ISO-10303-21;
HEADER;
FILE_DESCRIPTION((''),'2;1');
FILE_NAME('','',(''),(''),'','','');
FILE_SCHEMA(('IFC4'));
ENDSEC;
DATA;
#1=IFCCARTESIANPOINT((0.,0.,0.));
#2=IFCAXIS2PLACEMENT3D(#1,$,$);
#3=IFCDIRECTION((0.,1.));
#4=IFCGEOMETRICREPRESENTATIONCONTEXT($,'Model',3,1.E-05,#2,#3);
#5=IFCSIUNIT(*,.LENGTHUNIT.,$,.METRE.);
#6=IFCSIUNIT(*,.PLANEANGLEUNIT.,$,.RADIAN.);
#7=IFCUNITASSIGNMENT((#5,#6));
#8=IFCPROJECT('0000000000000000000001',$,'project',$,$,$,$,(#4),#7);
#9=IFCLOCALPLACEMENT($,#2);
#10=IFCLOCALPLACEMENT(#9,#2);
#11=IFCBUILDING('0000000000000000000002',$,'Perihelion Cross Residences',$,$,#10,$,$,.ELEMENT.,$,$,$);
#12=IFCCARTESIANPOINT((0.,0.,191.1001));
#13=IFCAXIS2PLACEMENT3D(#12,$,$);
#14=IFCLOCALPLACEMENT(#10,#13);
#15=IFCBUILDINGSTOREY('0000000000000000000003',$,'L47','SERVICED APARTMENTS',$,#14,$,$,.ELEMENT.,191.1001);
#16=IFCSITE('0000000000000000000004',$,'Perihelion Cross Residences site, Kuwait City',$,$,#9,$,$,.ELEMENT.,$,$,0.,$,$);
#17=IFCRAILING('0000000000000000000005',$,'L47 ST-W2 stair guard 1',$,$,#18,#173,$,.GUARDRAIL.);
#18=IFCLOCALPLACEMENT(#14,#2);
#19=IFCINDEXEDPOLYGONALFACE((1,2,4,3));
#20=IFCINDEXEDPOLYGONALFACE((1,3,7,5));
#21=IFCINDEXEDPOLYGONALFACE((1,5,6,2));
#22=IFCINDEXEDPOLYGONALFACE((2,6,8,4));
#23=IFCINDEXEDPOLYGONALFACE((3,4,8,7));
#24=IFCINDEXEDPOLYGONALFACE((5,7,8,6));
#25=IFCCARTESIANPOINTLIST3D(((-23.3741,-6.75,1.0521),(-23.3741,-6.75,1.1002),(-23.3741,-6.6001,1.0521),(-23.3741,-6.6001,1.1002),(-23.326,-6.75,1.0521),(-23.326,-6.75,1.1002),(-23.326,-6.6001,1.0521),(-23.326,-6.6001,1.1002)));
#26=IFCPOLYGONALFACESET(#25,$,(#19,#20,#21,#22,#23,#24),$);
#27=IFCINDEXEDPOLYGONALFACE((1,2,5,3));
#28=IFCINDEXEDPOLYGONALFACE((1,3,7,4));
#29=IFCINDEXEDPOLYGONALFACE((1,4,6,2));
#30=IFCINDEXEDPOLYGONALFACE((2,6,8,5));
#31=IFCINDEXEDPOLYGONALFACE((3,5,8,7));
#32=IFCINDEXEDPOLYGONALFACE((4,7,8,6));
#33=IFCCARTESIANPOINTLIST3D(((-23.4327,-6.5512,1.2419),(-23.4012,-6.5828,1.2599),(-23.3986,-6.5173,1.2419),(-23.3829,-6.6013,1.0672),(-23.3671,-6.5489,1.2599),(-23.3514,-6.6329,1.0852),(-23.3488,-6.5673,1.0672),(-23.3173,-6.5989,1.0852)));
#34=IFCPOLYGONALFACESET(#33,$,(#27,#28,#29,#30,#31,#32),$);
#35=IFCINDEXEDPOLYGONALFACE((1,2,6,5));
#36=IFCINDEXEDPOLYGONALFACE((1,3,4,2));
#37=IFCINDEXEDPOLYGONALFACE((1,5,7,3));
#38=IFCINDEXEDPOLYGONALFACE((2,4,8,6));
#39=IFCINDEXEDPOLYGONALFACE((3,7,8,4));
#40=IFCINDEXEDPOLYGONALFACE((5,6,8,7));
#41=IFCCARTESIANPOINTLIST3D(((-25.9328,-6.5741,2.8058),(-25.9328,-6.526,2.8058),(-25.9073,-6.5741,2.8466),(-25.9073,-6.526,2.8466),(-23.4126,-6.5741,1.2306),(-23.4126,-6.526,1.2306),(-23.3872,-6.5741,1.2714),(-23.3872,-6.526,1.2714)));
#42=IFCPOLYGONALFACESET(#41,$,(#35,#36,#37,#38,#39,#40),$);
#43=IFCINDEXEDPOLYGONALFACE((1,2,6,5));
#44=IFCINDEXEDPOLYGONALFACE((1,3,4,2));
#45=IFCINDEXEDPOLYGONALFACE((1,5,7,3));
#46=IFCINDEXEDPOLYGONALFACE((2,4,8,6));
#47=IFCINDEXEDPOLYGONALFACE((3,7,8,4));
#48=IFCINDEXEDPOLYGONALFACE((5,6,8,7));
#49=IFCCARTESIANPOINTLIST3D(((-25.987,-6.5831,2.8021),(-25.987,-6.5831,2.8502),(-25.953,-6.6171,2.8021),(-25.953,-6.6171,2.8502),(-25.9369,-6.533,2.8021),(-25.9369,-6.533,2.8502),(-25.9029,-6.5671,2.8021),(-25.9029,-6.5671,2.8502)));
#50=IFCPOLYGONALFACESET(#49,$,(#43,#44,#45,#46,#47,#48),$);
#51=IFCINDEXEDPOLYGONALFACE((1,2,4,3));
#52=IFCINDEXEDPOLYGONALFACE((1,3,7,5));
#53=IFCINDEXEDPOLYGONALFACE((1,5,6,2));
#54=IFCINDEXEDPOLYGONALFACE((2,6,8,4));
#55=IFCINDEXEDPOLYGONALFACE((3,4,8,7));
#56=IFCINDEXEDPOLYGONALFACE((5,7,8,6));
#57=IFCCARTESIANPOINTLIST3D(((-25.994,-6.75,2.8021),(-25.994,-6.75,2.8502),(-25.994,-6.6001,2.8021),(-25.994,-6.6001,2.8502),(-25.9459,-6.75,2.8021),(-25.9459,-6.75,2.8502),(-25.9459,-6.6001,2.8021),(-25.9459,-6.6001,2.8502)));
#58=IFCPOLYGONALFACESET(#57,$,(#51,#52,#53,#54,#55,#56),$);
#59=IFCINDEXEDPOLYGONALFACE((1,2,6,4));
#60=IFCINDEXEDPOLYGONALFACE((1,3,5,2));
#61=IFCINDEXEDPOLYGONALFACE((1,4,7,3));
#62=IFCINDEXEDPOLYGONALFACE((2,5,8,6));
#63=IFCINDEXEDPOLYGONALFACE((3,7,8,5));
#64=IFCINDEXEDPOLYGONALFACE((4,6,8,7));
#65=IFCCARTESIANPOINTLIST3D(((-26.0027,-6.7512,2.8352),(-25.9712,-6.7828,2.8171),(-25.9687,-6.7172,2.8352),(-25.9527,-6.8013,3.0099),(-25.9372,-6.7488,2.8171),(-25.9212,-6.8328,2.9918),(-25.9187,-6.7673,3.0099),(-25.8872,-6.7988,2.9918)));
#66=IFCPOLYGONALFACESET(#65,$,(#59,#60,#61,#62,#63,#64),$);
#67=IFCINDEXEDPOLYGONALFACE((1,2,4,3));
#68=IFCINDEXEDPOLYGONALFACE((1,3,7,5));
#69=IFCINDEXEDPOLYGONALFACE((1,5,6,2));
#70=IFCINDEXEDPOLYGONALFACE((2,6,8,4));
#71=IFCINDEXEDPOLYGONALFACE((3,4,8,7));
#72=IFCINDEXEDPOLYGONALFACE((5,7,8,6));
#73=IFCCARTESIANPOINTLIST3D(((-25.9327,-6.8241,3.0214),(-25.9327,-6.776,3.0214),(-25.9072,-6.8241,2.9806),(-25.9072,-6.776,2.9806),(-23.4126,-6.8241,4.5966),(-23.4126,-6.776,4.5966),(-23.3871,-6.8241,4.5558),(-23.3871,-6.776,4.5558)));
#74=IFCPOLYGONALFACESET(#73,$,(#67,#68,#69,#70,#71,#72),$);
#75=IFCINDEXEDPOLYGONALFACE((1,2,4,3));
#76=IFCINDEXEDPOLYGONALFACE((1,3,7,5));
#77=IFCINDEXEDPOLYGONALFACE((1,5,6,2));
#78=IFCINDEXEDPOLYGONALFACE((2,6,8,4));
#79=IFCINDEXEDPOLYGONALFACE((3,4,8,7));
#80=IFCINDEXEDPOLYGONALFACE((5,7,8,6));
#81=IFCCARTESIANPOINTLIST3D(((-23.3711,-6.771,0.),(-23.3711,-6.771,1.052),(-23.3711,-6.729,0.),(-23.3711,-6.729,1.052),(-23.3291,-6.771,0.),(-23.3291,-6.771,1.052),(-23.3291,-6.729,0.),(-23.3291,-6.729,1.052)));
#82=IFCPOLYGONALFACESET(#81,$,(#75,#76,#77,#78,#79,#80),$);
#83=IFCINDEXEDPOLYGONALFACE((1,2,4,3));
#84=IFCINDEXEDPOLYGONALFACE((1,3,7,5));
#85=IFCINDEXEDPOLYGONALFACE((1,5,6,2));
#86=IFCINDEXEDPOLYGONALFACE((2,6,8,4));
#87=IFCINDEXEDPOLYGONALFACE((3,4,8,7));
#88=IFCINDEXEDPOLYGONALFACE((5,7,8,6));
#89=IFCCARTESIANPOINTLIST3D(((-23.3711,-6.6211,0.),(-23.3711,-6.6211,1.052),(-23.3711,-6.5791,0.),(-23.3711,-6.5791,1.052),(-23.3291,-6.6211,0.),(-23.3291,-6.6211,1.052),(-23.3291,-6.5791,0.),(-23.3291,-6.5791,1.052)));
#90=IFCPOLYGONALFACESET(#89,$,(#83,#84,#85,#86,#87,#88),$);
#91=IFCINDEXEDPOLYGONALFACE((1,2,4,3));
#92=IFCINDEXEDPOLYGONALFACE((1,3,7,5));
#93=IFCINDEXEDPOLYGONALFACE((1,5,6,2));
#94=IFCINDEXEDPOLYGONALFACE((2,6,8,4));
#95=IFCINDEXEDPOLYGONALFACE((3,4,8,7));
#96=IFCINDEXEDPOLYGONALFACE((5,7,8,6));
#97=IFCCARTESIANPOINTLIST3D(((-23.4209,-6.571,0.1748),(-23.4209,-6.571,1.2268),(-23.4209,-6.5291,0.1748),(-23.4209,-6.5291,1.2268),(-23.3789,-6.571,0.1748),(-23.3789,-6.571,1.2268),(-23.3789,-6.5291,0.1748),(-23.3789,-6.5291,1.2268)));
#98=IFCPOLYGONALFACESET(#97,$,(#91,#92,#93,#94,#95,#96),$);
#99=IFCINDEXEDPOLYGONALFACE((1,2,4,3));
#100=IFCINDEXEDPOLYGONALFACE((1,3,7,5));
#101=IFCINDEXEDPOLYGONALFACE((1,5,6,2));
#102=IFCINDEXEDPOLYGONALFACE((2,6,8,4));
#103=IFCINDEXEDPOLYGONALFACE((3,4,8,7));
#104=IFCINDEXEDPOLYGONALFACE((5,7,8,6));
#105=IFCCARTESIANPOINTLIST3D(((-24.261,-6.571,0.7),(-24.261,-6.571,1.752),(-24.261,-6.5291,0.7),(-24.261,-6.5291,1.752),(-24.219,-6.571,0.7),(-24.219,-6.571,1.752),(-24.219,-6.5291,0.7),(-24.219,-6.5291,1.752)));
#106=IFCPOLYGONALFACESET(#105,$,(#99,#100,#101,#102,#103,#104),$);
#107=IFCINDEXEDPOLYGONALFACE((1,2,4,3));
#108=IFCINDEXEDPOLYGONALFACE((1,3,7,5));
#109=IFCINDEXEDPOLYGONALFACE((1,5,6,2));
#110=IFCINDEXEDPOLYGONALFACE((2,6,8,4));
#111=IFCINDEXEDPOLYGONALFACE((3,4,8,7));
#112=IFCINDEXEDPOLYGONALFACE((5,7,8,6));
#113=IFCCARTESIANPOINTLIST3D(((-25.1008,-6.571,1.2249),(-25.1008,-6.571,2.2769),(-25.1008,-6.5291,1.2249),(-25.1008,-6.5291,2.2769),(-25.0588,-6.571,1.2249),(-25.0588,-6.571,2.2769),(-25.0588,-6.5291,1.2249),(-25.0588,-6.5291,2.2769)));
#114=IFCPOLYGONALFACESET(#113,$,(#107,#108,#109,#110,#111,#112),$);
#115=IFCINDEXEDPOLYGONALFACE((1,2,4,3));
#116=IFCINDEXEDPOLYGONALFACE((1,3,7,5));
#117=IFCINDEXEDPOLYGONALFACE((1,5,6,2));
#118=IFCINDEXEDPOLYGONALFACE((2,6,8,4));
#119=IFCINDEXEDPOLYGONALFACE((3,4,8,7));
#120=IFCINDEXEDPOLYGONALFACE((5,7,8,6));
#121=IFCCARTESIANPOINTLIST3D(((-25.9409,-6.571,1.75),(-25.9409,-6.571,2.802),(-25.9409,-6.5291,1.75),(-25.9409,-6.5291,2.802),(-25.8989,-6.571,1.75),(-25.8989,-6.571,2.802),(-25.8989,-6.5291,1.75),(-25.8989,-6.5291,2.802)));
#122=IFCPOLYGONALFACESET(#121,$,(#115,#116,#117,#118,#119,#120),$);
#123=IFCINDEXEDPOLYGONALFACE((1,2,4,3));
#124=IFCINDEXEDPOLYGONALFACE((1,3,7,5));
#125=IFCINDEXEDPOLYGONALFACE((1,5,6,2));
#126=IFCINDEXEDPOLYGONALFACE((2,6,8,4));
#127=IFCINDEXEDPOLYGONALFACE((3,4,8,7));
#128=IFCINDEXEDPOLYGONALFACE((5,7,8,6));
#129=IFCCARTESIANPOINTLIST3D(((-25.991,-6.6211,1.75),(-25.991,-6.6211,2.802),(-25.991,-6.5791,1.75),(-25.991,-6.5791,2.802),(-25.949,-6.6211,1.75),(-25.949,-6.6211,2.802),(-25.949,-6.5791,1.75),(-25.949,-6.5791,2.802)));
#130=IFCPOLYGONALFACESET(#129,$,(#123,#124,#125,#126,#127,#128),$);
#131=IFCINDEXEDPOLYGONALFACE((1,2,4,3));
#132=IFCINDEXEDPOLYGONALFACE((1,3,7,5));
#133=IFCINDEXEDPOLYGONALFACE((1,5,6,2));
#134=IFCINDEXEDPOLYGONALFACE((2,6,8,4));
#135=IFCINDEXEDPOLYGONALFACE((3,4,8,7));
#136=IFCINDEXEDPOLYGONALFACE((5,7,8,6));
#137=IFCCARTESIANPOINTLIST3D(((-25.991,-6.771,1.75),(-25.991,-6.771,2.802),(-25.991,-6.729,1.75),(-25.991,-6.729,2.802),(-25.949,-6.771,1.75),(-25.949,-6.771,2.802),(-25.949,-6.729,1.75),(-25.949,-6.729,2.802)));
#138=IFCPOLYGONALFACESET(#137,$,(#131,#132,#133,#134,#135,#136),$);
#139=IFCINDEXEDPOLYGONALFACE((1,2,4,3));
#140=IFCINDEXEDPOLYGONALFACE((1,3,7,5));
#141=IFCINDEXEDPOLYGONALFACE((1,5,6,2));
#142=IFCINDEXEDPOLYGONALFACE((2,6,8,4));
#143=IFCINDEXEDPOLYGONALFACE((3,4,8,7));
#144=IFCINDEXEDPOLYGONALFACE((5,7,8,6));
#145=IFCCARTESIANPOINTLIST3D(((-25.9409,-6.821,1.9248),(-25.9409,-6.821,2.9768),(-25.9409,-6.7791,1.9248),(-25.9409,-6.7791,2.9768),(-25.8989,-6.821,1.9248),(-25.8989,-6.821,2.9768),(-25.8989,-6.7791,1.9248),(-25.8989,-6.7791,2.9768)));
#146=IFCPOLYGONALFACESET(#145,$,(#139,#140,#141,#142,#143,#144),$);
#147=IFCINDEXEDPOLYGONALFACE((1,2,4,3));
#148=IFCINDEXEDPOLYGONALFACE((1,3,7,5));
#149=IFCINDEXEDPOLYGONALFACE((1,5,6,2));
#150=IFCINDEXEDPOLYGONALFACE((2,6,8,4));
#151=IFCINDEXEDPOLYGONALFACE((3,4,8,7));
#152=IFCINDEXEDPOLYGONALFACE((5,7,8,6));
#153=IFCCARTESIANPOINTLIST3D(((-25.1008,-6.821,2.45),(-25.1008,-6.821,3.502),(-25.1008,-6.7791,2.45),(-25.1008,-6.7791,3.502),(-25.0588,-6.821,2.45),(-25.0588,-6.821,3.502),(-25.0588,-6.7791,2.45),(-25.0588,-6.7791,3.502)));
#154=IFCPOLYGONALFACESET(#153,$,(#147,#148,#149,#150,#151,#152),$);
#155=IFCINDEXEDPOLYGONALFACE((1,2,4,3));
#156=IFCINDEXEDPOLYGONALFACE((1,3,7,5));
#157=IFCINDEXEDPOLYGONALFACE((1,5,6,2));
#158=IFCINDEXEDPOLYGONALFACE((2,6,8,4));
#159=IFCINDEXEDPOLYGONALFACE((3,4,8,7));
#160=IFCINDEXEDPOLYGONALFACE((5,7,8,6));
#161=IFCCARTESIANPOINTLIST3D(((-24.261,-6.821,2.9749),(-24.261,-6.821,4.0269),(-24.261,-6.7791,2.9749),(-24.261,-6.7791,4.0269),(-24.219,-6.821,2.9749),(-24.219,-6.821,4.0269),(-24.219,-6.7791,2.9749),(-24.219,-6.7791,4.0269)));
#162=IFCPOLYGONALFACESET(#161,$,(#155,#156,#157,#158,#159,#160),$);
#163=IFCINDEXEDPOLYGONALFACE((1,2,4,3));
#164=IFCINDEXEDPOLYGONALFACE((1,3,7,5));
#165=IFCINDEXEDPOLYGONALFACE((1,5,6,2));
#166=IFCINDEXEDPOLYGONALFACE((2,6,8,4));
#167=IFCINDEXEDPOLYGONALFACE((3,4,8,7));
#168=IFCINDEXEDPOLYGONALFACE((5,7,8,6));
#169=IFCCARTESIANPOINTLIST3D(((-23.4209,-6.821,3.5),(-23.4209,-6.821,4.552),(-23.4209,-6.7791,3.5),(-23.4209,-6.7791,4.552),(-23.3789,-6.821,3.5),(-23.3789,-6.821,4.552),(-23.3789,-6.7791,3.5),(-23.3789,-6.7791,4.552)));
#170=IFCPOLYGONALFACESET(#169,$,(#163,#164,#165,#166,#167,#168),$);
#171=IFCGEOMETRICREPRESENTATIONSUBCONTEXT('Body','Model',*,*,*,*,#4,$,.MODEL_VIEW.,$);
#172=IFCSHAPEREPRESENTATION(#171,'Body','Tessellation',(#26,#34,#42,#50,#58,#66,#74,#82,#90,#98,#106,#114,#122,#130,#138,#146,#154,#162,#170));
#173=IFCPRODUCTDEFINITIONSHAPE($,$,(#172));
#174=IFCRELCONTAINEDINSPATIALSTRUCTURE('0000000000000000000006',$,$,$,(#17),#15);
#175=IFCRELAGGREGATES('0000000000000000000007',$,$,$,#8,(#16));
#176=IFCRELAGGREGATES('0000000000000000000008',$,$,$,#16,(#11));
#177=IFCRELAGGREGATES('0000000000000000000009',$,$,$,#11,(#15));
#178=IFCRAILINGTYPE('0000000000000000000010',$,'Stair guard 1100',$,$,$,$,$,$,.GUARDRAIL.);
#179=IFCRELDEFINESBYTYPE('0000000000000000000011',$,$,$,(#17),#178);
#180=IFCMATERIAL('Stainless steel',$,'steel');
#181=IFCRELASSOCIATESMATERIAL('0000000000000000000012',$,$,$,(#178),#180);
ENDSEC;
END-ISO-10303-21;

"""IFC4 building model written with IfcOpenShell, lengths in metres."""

from ifc_helpers import new_model, si_unit, direction, frame, origin, origin_2d, place, context, subcontext, project, spatial, rectangle, extrude, material, type_object, element, save


model = new_model("IFC4")

# Units and contexts
model_context = context("Model", 3, precision=1e-05, world=origin(), true_north=direction((0.0, 1.0)))
body_context = subcontext(model_context, "Body", "Model", "MODEL_VIEW")
ifc_project = project(units=[si_unit("LENGTHUNIT", "METRE"), si_unit("PLANEANGLEUNIT", "RADIAN")], contexts=[model_context])

# Site, building, storey
site_placement = place(None, origin())
site = spatial("IfcSite", under=ifc_project, at=site_placement, Name="Perihelion Cross Residences site, Kuwait City", CompositionType="ELEMENT", RefElevation=0.0)
building_placement = place(site_placement, origin())
building = spatial("IfcBuilding", under=site, at=building_placement, Name="Perihelion Cross Residences", CompositionType="ELEMENT")
storey_placement = place(building_placement, frame((0.0, 0.0, 191.1001)))
storey = spatial("IfcBuildingStorey", under=building, at=storey_placement, Name="L47", Description="SERVICED APARTMENTS", CompositionType="ELEMENT", Elevation=191.1001)

# Railing
ifc_material_1 = material(Name="Stainless steel", Category="steel")
railing_type_1 = type_object("IfcRailingType", Name="Stair guard 1100", PredefinedType="GUARDRAIL", material=ifc_material_1)
railing_1_placement = place(storey_placement, frame((-23.3501, -6.75, 0.0)))
element("IfcRailing", 1, at=railing_1_placement, inside=storey, type_object=railing_type_1, Name="L47 ST-W2 stair guard 1", PredefinedType="GUARDRAIL", context=body_context, shape_type="SweptSolid", body=[
    extrude(rectangle(XDim=0.0481, YDim=0.0481, at=origin_2d()), frame((0.0, 0.0, 1.0762), z_axis=(0.0, 1.0, 0.0), x_axis=(-1.0, 0.0, 0.0)), (0.0, 0.0, 1.0), 0.1499),
    extrude(rectangle(XDim=0.0481, YDim=0.0481, at=origin_2d()), frame((0.0, 0.1499, 1.0762), z_axis=(-0.264179, 0.265474, 0.927218), x_axis=(-0.708834, -0.705376, 0.0)), (0.0, 0.0, 1.0), 0.1885),
    extrude(rectangle(XDim=0.0481, YDim=0.0481, at=origin_2d()), frame((-0.0498, 0.2, 1.251), z_axis=(-0.847971, 0.0, 0.530043), x_axis=(0.0, -1.0, 0.0)), (0.0, 0.0, 1.0), 2.9719),
    extrude(rectangle(XDim=0.0481, YDim=0.0481, at=origin_2d()), frame((-2.5698, 0.2, 2.8262), z_axis=(-0.707107, -0.707107, 0.0), x_axis=(0.707107, -0.707107, 0.0)), (0.0, 0.0, 1.0), 0.0708),
    extrude(rectangle(XDim=0.0481, YDim=0.0481, at=origin_2d()), frame((-2.6199, 0.1499, 2.8262), z_axis=(0.0, -1.0, 0.0), x_axis=(1.0, 0.0, 0.0)), (0.0, 0.0, 1.0), 0.1499),
    extrude(rectangle(XDim=0.0481, YDim=0.0481, at=origin_2d()), frame((-2.6199, 0.0, 2.8262), z_axis=(0.265383, -0.265383, 0.9269), x_axis=(0.707107, 0.707107, 0.0)), (0.0, 0.0, 1.0), 0.1885),
    extrude(rectangle(XDim=0.0481, YDim=0.0481, at=origin_2d()), frame((-2.5698, -0.05, 3.001), z_axis=(0.847971, 0.0, 0.530043), x_axis=(0.0, 1.0, 0.0)), (0.0, 0.0, 1.0), 2.9719),
    extrude(rectangle(XDim=0.042, YDim=0.042, at=origin_2d()), origin(), (0.0, 0.0, 1.0), 1.052),
    extrude(rectangle(XDim=0.042, YDim=0.042, at=origin_2d()), frame((0.0, 0.1499, 0.0)), (0.0, 0.0, 1.0), 1.052),
    extrude(rectangle(XDim=0.042, YDim=0.042, at=origin_2d()), frame((-0.0498, 0.2, 0.1748)), (0.0, 0.0, 1.0), 1.052),
    extrude(rectangle(XDim=0.042, YDim=0.042, at=origin_2d()), frame((-0.8899, 0.2, 0.7)), (0.0, 0.0, 1.0), 1.052),
    extrude(rectangle(XDim=0.042, YDim=0.042, at=origin_2d()), frame((-1.7297, 0.2, 1.2249)), (0.0, 0.0, 1.0), 1.052),
    extrude(rectangle(XDim=0.042, YDim=0.042, at=origin_2d()), frame((-2.5698, 0.2, 1.75)), (0.0, 0.0, 1.0), 1.052),
    extrude(rectangle(XDim=0.042, YDim=0.042, at=origin_2d()), frame((-2.6199, 0.1499, 1.75)), (0.0, 0.0, 1.0), 1.052),
    extrude(rectangle(XDim=0.042, YDim=0.042, at=origin_2d()), frame((-2.6199, 0.0, 1.75)), (0.0, 0.0, 1.0), 1.052),
    extrude(rectangle(XDim=0.042, YDim=0.042, at=origin_2d()), frame((-2.5698, -0.05, 1.9248)), (0.0, 0.0, 1.0), 1.052),
    extrude(rectangle(XDim=0.042, YDim=0.042, at=origin_2d()), frame((-1.7297, -0.05, 2.45)), (0.0, 0.0, 1.0), 1.052),
    extrude(rectangle(XDim=0.042, YDim=0.042, at=origin_2d()), frame((-0.8899, -0.05, 2.9749)), (0.0, 0.0, 1.0), 1.052),
    extrude(rectangle(XDim=0.042, YDim=0.042, at=origin_2d()), frame((-0.0498, -0.05, 3.5)), (0.0, 0.0, 1.0), 1.052),
])

save(model, "model.ifc")
